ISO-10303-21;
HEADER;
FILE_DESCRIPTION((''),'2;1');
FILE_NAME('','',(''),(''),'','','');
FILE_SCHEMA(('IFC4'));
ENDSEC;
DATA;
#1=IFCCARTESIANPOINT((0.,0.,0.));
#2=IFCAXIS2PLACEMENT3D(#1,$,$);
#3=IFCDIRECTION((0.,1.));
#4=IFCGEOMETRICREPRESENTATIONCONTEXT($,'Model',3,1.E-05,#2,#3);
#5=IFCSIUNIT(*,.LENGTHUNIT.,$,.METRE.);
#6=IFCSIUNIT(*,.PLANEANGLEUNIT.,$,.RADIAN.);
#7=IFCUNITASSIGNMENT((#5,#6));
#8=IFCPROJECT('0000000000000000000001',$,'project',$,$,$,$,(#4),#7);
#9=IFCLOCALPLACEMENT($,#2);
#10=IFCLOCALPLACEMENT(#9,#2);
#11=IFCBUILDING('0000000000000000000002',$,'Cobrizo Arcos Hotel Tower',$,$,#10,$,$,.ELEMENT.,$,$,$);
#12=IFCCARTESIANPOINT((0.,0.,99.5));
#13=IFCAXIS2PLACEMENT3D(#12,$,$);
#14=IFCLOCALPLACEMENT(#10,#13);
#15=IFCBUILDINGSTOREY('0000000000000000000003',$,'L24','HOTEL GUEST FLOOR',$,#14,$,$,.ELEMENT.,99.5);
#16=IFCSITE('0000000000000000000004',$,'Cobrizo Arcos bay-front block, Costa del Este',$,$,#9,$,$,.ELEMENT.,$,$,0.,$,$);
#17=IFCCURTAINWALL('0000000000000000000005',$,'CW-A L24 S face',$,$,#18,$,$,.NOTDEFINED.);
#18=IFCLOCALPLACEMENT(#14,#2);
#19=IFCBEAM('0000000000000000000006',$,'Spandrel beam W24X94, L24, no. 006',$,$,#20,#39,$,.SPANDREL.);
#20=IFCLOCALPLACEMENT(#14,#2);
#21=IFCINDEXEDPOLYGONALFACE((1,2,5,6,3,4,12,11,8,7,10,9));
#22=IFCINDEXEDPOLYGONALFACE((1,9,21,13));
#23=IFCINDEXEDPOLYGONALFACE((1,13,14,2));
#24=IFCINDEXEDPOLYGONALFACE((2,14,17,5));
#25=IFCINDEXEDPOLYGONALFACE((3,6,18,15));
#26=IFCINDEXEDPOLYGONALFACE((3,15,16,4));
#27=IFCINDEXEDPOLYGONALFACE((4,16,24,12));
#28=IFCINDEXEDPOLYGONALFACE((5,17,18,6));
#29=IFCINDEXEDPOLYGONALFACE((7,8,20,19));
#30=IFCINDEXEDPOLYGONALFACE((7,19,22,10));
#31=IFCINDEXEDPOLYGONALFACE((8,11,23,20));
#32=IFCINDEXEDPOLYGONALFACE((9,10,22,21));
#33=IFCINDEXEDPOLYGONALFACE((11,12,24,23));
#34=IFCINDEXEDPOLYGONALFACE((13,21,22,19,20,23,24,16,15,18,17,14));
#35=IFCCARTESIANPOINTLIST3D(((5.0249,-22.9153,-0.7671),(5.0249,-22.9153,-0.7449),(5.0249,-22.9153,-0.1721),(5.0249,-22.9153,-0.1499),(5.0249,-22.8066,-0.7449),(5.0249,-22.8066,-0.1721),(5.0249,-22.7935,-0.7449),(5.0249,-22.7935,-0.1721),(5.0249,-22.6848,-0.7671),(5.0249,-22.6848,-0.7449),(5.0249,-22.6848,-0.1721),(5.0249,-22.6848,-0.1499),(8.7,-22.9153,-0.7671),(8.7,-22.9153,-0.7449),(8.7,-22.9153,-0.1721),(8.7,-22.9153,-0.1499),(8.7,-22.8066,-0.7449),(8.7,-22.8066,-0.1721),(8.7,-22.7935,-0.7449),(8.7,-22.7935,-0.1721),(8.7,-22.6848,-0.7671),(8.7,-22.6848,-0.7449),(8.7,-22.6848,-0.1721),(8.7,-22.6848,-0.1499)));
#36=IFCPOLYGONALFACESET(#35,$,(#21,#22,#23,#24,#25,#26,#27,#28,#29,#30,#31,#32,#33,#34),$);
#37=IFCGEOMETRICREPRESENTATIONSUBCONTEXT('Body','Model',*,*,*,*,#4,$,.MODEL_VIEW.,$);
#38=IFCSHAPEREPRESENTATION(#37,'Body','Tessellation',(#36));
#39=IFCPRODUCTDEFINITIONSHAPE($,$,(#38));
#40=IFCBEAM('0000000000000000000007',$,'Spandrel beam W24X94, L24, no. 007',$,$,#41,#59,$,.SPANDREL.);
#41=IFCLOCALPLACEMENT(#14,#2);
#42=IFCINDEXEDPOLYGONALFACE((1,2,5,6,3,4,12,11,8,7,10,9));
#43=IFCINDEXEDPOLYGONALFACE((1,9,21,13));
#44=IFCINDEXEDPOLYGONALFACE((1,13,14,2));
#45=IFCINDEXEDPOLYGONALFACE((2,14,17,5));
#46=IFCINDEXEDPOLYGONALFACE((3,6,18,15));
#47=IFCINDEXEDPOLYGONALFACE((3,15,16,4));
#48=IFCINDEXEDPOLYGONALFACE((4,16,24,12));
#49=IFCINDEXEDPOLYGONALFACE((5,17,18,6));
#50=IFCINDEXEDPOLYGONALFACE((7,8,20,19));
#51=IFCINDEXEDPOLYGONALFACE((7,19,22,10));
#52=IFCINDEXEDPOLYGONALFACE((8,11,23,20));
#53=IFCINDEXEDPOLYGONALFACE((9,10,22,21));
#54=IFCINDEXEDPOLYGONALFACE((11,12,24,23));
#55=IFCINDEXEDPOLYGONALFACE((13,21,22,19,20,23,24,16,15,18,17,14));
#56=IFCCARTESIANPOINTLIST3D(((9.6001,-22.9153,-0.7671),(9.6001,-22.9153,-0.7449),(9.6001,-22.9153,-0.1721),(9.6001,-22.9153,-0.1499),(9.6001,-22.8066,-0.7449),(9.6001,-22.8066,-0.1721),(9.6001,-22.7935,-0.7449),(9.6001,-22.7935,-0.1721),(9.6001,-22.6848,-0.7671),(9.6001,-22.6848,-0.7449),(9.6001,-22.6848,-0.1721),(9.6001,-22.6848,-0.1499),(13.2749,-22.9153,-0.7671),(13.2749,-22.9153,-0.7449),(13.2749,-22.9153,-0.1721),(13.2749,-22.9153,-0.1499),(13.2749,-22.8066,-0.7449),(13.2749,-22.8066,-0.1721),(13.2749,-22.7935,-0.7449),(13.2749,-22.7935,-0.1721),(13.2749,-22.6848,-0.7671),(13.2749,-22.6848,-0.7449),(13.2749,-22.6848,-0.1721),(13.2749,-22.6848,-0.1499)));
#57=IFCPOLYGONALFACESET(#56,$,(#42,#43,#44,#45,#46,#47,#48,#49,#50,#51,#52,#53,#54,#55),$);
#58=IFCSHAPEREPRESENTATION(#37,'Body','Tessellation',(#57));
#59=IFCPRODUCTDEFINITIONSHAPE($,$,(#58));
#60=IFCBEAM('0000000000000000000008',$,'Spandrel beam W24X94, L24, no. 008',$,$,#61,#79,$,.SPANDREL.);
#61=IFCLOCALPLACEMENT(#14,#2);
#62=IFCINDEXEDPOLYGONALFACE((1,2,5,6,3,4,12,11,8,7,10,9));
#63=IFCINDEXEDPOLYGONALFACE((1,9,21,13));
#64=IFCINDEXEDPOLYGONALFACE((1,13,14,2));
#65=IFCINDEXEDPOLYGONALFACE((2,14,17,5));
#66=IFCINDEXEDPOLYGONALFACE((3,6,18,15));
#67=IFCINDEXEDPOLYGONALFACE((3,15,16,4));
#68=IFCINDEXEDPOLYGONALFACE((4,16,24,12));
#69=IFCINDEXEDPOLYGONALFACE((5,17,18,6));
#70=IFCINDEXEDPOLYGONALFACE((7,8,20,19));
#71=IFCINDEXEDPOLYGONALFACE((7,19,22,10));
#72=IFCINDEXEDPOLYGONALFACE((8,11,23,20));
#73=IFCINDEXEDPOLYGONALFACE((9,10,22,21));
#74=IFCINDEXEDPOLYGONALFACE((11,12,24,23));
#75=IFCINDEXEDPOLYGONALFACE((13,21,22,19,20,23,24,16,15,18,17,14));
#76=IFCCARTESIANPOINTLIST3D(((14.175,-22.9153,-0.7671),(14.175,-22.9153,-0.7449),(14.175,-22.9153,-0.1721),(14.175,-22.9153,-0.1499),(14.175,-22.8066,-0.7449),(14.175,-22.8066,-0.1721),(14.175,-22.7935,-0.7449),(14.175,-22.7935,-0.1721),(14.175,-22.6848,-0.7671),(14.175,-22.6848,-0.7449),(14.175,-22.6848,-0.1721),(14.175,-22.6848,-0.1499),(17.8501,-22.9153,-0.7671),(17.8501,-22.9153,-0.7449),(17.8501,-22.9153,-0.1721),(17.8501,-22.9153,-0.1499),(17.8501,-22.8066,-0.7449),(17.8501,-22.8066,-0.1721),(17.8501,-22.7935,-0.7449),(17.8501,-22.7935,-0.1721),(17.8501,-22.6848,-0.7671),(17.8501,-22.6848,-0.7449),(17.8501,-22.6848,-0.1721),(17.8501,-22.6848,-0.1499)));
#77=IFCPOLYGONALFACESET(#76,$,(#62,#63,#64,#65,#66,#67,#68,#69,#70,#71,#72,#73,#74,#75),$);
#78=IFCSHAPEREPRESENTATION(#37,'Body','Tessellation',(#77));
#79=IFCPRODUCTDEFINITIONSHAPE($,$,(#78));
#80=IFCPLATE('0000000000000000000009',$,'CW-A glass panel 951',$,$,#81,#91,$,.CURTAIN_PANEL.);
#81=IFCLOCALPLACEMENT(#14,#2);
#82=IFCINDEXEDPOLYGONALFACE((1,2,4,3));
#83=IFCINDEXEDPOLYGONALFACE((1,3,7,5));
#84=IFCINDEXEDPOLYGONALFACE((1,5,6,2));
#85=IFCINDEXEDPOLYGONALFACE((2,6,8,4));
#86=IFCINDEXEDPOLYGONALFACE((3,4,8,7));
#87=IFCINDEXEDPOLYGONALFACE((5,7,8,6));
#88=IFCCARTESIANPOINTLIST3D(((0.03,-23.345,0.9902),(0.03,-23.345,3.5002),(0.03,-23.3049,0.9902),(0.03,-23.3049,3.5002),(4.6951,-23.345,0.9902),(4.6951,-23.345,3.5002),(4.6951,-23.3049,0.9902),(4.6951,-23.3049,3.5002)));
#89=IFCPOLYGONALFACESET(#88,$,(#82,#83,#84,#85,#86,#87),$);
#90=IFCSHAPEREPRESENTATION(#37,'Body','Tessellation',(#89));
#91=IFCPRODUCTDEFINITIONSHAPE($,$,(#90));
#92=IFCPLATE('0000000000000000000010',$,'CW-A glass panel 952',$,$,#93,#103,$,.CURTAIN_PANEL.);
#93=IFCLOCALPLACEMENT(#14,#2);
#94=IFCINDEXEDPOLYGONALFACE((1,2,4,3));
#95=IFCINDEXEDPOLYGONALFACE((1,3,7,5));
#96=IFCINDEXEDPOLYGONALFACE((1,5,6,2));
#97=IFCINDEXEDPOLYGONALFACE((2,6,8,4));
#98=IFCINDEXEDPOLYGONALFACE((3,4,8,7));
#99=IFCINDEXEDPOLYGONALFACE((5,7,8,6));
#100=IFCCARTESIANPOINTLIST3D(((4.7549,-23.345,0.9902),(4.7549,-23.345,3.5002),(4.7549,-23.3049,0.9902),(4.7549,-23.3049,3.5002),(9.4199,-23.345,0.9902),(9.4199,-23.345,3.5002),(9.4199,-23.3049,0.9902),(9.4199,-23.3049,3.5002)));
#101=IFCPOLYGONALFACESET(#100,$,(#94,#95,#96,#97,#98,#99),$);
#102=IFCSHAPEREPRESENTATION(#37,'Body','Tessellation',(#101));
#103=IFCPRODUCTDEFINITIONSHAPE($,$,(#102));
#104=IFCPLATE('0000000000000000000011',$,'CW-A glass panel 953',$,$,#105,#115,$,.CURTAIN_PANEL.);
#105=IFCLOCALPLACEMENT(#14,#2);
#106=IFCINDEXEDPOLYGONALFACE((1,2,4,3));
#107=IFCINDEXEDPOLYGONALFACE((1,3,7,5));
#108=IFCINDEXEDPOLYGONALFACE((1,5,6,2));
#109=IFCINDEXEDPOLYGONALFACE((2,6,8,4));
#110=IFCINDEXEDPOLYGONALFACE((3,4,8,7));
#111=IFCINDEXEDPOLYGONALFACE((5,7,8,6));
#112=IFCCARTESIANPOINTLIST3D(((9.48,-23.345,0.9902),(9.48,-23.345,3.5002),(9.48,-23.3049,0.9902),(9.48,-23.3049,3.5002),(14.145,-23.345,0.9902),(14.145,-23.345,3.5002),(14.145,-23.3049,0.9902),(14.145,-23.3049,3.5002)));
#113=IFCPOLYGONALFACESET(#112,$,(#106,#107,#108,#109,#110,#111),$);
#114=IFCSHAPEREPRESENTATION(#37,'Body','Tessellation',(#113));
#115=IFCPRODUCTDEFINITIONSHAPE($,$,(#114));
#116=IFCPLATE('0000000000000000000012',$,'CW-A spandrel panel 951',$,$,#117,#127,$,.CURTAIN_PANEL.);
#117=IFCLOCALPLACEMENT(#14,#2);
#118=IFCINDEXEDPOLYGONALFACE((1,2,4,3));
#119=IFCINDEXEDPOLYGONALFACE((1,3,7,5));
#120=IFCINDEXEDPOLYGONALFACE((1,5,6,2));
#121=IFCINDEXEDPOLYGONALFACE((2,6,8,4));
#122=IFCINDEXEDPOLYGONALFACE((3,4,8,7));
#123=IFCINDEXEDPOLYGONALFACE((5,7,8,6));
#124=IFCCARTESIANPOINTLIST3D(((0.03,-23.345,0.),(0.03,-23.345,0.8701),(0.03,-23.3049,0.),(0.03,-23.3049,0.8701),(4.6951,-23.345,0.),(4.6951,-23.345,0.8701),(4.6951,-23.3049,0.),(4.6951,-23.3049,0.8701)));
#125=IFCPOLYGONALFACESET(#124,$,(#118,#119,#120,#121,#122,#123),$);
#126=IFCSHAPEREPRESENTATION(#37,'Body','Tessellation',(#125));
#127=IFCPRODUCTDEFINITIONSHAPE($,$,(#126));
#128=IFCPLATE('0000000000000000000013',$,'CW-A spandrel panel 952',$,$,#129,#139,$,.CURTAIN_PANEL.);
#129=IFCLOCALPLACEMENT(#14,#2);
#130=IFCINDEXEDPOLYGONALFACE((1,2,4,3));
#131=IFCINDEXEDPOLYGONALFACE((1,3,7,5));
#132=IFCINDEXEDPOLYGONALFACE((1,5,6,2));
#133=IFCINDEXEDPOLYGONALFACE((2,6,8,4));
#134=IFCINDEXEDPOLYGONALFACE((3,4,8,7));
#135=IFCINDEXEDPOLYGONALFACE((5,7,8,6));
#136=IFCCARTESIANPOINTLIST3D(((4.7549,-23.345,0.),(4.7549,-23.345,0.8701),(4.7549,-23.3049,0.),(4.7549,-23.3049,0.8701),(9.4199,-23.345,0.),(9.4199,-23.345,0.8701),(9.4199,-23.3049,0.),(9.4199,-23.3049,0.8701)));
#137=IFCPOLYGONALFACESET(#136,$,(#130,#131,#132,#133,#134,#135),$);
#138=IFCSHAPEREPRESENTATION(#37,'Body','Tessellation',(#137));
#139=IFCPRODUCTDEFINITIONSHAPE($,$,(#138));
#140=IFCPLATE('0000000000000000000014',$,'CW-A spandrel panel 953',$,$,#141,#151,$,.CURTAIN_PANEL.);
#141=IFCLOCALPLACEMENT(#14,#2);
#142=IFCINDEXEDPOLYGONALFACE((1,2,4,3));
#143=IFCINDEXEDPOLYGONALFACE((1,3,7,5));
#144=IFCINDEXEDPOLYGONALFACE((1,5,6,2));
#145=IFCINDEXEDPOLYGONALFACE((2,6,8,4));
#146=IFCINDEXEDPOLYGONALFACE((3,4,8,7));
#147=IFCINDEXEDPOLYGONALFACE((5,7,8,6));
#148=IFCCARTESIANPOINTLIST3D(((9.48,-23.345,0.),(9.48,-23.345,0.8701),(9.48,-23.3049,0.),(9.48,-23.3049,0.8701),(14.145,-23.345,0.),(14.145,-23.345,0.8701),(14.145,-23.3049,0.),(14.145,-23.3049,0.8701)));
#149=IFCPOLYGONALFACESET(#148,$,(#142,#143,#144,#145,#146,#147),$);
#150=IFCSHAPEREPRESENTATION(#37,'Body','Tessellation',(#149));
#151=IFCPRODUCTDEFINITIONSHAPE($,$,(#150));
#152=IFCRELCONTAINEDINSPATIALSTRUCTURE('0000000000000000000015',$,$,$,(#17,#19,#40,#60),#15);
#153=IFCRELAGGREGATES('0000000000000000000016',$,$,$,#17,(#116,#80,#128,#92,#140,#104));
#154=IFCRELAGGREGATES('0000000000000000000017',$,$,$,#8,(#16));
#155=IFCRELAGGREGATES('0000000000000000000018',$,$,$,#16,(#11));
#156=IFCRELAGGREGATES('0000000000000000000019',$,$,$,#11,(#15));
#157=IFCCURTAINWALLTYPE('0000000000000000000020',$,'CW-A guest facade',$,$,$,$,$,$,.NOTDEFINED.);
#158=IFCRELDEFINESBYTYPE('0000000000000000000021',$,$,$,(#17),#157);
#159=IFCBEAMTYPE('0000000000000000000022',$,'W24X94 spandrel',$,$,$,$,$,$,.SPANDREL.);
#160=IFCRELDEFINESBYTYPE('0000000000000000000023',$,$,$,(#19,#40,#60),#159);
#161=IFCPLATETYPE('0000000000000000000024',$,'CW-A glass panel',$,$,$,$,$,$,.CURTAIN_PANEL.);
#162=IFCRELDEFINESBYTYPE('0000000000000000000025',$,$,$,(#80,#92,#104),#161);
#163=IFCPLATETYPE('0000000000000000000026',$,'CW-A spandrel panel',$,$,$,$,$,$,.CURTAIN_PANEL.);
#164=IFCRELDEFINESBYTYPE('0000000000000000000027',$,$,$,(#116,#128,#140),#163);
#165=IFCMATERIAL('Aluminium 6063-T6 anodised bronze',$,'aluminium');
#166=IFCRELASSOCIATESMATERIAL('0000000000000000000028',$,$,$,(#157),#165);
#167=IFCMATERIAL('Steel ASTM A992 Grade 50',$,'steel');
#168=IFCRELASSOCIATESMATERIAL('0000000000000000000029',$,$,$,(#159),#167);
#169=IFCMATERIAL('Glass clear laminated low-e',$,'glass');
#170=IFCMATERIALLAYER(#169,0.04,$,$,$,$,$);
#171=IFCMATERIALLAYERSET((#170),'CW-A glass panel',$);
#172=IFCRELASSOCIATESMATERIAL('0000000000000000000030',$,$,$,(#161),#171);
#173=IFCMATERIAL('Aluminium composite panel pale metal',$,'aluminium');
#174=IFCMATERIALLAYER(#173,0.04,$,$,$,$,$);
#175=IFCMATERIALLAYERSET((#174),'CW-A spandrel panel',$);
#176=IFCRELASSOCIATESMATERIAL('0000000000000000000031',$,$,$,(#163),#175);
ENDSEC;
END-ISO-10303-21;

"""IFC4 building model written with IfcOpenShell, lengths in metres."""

from ifc_helpers import new_model, si_unit, direction, frame, origin, origin_2d, place, context, subcontext, project, spatial, rectangle, i_section, extrude, material, layer, layer_set, material_profile, profile_set, type_object, element, aggregate, save


model = new_model("IFC4")

# Units and contexts
model_context = context("Model", 3, precision=1e-05, world=origin(), true_north=direction((0.0, 1.0)))
body_context = subcontext(model_context, "Body", "Model", "MODEL_VIEW")
ifc_project = project(units=[si_unit("LENGTHUNIT", "METRE"), si_unit("PLANEANGLEUNIT", "RADIAN")], contexts=[model_context])

# Site, building, storey
site_placement = place(None, origin())
site = spatial("IfcSite", under=ifc_project, at=site_placement, Name="Cobrizo Arcos bay-front block, Costa del Este", CompositionType="ELEMENT", RefElevation=0.0)
building_placement = place(site_placement, origin())
building = spatial("IfcBuilding", under=site, at=building_placement, Name="Cobrizo Arcos Hotel Tower", CompositionType="ELEMENT")
storey_placement = place(building_placement, frame((0.0, 0.0, 99.5)))
storey = spatial("IfcBuildingStorey", under=building, at=storey_placement, Name="L24", Description="HOTEL GUEST FLOOR", CompositionType="ELEMENT", Elevation=99.5)

# Curtain wall
ifc_material_1 = material(Name="Aluminium 6063-T6 anodised bronze", Category="aluminium")
curtain_wall_type = type_object("IfcCurtainWallType", Name="CW-A guest facade", PredefinedType="NOTDEFINED", material=ifc_material_1)
curtain_wall_placement = place(storey_placement, origin())
curtain_wall = element("IfcCurtainWall", 1, at=curtain_wall_placement, inside=storey, type_object=curtain_wall_type, Name="CW-A L24 S face", PredefinedType="NOTDEFINED")

# Beams
ifc_material_2 = material(Name="Steel ASTM A992 Grade 50", Category="steel")
ifc_material_profile_1 = material_profile(ifc_material_2, i_section(OverallWidth=0.2305, OverallDepth=0.6172, WebThickness=0.0132, FlangeThickness=0.0222, at=origin_2d()), Name="W24X94")
ifc_profile_set_1 = profile_set([ifc_material_profile_1], Name="Steel ASTM A992 Grade 50")
beam_type_1 = type_object("IfcBeamType", Name="W24X94 spandrel", PredefinedType="SPANDREL", material=ifc_profile_set_1)
for number, where, z_axis, x_axis, name in (
    (2, (5.0249, -22.8, -0.4585), (1.0, 0.0, 0.0), (0.0, 1.0, 0.0), "Spandrel beam W24X94, L24, no. 006"),
):
    element("IfcBeam", number, at=place(storey_placement, frame(where, z_axis=z_axis, x_axis=x_axis)), inside=storey, type_object=beam_type_1, Name=name, PredefinedType="SPANDREL", context=body_context, shape_type="SweptSolid", body=[
        extrude(i_section(OverallWidth=0.2305, OverallDepth=0.6172, WebThickness=0.0132, FlangeThickness=0.0222, at=origin_2d()), origin(), (0.0, 0.0, 1.0), 3.675),
    ])
beam_1_placement = place(storey_placement, frame((9.6001, -22.8, -0.4585), z_axis=(1.0, 0.0, 0.0), x_axis=(0.0, 1.0, 0.0)))
element("IfcBeam", 3, at=beam_1_placement, inside=storey, type_object=beam_type_1, Name="Spandrel beam W24X94, L24, no. 007", PredefinedType="SPANDREL", context=body_context, shape_type="SweptSolid", body=[
    extrude(i_section(OverallWidth=0.2305, OverallDepth=0.6172, WebThickness=0.0132, FlangeThickness=0.0222, at=origin_2d()), origin(), (0.0, 0.0, 1.0), 3.6748),
])
beam_2_placement = place(storey_placement, frame((14.175, -22.8, -0.4585), z_axis=(1.0, 0.0, 0.0), x_axis=(0.0, 1.0, 0.0)))
element("IfcBeam", 4, at=beam_2_placement, inside=storey, type_object=beam_type_1, Name="Spandrel beam W24X94, L24, no. 008", PredefinedType="SPANDREL", context=body_context, shape_type="SweptSolid", body=[
    extrude(i_section(OverallWidth=0.2305, OverallDepth=0.6172, WebThickness=0.0132, FlangeThickness=0.0222, at=origin_2d()), origin(), (0.0, 0.0, 1.0), 3.675),
])

# Plates
ifc_material_3 = material(Name="Glass clear laminated low-e", Category="glass")
ifc_layer_1 = layer(ifc_material_3, 0.04)
ifc_layer_set_1 = layer_set([ifc_layer_1], Name="CW-A glass panel")
plate_type_1 = type_object("IfcPlateType", Name="CW-A glass panel", PredefinedType="CURTAIN_PANEL", material=ifc_layer_set_1)
plate_1_placement = place(storey_placement, frame((2.3625, -23.325, 0.9902), z_axis=(0.0, 0.0, 1.0), x_axis=(1.0, 0.0, 0.0)))
plate_1 = element("IfcPlate", 5, at=plate_1_placement, type_object=plate_type_1, Name="CW-A glass panel 951", PredefinedType="CURTAIN_PANEL", context=body_context, shape_type="SweptSolid", body=[
    extrude(rectangle(XDim=4.665, YDim=0.04, at=origin_2d()), origin(), (0.0, 0.0, 1.0), 2.51),
])
plate_2_placement = place(storey_placement, frame((7.0874, -23.325, 0.9902), z_axis=(0.0, 0.0, 1.0), x_axis=(1.0, 0.0, 0.0)))
plate_2 = element("IfcPlate", 6, at=plate_2_placement, type_object=plate_type_1, Name="CW-A glass panel 952", PredefinedType="CURTAIN_PANEL", context=body_context, shape_type="SweptSolid", body=[
    extrude(rectangle(XDim=4.665, YDim=0.04, at=origin_2d()), origin(), (0.0, 0.0, 1.0), 2.51),
])
plate_3_placement = place(storey_placement, frame((11.8125, -23.325, 0.9902), z_axis=(0.0, 0.0, 1.0), x_axis=(1.0, 0.0, 0.0)))
plate_3 = element("IfcPlate", 7, at=plate_3_placement, type_object=plate_type_1, Name="CW-A glass panel 953", PredefinedType="CURTAIN_PANEL", context=body_context, shape_type="SweptSolid", body=[
    extrude(rectangle(XDim=4.665, YDim=0.04, at=origin_2d()), origin(), (0.0, 0.0, 1.0), 2.51),
])
ifc_material_4 = material(Name="Aluminium composite panel pale metal", Category="aluminium")
ifc_layer_2 = layer(ifc_material_4, 0.04)
ifc_layer_set_2 = layer_set([ifc_layer_2], Name="CW-A spandrel panel")
plate_type_2 = type_object("IfcPlateType", Name="CW-A spandrel panel", PredefinedType="CURTAIN_PANEL", material=ifc_layer_set_2)
plate_4_placement = place(storey_placement, frame((2.3625, -23.325, 0.0), z_axis=(0.0, 0.0, 1.0), x_axis=(1.0, 0.0, 0.0)))
plate_4 = element("IfcPlate", 8, at=plate_4_placement, type_object=plate_type_2, Name="CW-A spandrel panel 951", PredefinedType="CURTAIN_PANEL", context=body_context, shape_type="SweptSolid", body=[
    extrude(rectangle(XDim=4.665, YDim=0.04, at=origin_2d()), origin(), (0.0, 0.0, 1.0), 0.8701),
])
plate_5_placement = place(storey_placement, frame((7.0874, -23.325, 0.0), z_axis=(0.0, 0.0, 1.0), x_axis=(1.0, 0.0, 0.0)))
plate_5 = element("IfcPlate", 9, at=plate_5_placement, type_object=plate_type_2, Name="CW-A spandrel panel 952", PredefinedType="CURTAIN_PANEL", context=body_context, shape_type="SweptSolid", body=[
    extrude(rectangle(XDim=4.665, YDim=0.04, at=origin_2d()), origin(), (0.0, 0.0, 1.0), 0.8701),
])
plate_6_placement = place(storey_placement, frame((11.8125, -23.325, 0.0), z_axis=(0.0, 0.0, 1.0), x_axis=(1.0, 0.0, 0.0)))
plate_6 = element("IfcPlate", 10, at=plate_6_placement, type_object=plate_type_2, Name="CW-A spandrel panel 953", PredefinedType="CURTAIN_PANEL", context=body_context, shape_type="SweptSolid", body=[
    extrude(rectangle(XDim=4.665, YDim=0.04, at=origin_2d()), origin(), (0.0, 0.0, 1.0), 0.8701),
])
aggregate(curtain_wall, [plate_4, plate_1, plate_5, plate_2, plate_6, plate_3])

save(model, "model.ifc")
